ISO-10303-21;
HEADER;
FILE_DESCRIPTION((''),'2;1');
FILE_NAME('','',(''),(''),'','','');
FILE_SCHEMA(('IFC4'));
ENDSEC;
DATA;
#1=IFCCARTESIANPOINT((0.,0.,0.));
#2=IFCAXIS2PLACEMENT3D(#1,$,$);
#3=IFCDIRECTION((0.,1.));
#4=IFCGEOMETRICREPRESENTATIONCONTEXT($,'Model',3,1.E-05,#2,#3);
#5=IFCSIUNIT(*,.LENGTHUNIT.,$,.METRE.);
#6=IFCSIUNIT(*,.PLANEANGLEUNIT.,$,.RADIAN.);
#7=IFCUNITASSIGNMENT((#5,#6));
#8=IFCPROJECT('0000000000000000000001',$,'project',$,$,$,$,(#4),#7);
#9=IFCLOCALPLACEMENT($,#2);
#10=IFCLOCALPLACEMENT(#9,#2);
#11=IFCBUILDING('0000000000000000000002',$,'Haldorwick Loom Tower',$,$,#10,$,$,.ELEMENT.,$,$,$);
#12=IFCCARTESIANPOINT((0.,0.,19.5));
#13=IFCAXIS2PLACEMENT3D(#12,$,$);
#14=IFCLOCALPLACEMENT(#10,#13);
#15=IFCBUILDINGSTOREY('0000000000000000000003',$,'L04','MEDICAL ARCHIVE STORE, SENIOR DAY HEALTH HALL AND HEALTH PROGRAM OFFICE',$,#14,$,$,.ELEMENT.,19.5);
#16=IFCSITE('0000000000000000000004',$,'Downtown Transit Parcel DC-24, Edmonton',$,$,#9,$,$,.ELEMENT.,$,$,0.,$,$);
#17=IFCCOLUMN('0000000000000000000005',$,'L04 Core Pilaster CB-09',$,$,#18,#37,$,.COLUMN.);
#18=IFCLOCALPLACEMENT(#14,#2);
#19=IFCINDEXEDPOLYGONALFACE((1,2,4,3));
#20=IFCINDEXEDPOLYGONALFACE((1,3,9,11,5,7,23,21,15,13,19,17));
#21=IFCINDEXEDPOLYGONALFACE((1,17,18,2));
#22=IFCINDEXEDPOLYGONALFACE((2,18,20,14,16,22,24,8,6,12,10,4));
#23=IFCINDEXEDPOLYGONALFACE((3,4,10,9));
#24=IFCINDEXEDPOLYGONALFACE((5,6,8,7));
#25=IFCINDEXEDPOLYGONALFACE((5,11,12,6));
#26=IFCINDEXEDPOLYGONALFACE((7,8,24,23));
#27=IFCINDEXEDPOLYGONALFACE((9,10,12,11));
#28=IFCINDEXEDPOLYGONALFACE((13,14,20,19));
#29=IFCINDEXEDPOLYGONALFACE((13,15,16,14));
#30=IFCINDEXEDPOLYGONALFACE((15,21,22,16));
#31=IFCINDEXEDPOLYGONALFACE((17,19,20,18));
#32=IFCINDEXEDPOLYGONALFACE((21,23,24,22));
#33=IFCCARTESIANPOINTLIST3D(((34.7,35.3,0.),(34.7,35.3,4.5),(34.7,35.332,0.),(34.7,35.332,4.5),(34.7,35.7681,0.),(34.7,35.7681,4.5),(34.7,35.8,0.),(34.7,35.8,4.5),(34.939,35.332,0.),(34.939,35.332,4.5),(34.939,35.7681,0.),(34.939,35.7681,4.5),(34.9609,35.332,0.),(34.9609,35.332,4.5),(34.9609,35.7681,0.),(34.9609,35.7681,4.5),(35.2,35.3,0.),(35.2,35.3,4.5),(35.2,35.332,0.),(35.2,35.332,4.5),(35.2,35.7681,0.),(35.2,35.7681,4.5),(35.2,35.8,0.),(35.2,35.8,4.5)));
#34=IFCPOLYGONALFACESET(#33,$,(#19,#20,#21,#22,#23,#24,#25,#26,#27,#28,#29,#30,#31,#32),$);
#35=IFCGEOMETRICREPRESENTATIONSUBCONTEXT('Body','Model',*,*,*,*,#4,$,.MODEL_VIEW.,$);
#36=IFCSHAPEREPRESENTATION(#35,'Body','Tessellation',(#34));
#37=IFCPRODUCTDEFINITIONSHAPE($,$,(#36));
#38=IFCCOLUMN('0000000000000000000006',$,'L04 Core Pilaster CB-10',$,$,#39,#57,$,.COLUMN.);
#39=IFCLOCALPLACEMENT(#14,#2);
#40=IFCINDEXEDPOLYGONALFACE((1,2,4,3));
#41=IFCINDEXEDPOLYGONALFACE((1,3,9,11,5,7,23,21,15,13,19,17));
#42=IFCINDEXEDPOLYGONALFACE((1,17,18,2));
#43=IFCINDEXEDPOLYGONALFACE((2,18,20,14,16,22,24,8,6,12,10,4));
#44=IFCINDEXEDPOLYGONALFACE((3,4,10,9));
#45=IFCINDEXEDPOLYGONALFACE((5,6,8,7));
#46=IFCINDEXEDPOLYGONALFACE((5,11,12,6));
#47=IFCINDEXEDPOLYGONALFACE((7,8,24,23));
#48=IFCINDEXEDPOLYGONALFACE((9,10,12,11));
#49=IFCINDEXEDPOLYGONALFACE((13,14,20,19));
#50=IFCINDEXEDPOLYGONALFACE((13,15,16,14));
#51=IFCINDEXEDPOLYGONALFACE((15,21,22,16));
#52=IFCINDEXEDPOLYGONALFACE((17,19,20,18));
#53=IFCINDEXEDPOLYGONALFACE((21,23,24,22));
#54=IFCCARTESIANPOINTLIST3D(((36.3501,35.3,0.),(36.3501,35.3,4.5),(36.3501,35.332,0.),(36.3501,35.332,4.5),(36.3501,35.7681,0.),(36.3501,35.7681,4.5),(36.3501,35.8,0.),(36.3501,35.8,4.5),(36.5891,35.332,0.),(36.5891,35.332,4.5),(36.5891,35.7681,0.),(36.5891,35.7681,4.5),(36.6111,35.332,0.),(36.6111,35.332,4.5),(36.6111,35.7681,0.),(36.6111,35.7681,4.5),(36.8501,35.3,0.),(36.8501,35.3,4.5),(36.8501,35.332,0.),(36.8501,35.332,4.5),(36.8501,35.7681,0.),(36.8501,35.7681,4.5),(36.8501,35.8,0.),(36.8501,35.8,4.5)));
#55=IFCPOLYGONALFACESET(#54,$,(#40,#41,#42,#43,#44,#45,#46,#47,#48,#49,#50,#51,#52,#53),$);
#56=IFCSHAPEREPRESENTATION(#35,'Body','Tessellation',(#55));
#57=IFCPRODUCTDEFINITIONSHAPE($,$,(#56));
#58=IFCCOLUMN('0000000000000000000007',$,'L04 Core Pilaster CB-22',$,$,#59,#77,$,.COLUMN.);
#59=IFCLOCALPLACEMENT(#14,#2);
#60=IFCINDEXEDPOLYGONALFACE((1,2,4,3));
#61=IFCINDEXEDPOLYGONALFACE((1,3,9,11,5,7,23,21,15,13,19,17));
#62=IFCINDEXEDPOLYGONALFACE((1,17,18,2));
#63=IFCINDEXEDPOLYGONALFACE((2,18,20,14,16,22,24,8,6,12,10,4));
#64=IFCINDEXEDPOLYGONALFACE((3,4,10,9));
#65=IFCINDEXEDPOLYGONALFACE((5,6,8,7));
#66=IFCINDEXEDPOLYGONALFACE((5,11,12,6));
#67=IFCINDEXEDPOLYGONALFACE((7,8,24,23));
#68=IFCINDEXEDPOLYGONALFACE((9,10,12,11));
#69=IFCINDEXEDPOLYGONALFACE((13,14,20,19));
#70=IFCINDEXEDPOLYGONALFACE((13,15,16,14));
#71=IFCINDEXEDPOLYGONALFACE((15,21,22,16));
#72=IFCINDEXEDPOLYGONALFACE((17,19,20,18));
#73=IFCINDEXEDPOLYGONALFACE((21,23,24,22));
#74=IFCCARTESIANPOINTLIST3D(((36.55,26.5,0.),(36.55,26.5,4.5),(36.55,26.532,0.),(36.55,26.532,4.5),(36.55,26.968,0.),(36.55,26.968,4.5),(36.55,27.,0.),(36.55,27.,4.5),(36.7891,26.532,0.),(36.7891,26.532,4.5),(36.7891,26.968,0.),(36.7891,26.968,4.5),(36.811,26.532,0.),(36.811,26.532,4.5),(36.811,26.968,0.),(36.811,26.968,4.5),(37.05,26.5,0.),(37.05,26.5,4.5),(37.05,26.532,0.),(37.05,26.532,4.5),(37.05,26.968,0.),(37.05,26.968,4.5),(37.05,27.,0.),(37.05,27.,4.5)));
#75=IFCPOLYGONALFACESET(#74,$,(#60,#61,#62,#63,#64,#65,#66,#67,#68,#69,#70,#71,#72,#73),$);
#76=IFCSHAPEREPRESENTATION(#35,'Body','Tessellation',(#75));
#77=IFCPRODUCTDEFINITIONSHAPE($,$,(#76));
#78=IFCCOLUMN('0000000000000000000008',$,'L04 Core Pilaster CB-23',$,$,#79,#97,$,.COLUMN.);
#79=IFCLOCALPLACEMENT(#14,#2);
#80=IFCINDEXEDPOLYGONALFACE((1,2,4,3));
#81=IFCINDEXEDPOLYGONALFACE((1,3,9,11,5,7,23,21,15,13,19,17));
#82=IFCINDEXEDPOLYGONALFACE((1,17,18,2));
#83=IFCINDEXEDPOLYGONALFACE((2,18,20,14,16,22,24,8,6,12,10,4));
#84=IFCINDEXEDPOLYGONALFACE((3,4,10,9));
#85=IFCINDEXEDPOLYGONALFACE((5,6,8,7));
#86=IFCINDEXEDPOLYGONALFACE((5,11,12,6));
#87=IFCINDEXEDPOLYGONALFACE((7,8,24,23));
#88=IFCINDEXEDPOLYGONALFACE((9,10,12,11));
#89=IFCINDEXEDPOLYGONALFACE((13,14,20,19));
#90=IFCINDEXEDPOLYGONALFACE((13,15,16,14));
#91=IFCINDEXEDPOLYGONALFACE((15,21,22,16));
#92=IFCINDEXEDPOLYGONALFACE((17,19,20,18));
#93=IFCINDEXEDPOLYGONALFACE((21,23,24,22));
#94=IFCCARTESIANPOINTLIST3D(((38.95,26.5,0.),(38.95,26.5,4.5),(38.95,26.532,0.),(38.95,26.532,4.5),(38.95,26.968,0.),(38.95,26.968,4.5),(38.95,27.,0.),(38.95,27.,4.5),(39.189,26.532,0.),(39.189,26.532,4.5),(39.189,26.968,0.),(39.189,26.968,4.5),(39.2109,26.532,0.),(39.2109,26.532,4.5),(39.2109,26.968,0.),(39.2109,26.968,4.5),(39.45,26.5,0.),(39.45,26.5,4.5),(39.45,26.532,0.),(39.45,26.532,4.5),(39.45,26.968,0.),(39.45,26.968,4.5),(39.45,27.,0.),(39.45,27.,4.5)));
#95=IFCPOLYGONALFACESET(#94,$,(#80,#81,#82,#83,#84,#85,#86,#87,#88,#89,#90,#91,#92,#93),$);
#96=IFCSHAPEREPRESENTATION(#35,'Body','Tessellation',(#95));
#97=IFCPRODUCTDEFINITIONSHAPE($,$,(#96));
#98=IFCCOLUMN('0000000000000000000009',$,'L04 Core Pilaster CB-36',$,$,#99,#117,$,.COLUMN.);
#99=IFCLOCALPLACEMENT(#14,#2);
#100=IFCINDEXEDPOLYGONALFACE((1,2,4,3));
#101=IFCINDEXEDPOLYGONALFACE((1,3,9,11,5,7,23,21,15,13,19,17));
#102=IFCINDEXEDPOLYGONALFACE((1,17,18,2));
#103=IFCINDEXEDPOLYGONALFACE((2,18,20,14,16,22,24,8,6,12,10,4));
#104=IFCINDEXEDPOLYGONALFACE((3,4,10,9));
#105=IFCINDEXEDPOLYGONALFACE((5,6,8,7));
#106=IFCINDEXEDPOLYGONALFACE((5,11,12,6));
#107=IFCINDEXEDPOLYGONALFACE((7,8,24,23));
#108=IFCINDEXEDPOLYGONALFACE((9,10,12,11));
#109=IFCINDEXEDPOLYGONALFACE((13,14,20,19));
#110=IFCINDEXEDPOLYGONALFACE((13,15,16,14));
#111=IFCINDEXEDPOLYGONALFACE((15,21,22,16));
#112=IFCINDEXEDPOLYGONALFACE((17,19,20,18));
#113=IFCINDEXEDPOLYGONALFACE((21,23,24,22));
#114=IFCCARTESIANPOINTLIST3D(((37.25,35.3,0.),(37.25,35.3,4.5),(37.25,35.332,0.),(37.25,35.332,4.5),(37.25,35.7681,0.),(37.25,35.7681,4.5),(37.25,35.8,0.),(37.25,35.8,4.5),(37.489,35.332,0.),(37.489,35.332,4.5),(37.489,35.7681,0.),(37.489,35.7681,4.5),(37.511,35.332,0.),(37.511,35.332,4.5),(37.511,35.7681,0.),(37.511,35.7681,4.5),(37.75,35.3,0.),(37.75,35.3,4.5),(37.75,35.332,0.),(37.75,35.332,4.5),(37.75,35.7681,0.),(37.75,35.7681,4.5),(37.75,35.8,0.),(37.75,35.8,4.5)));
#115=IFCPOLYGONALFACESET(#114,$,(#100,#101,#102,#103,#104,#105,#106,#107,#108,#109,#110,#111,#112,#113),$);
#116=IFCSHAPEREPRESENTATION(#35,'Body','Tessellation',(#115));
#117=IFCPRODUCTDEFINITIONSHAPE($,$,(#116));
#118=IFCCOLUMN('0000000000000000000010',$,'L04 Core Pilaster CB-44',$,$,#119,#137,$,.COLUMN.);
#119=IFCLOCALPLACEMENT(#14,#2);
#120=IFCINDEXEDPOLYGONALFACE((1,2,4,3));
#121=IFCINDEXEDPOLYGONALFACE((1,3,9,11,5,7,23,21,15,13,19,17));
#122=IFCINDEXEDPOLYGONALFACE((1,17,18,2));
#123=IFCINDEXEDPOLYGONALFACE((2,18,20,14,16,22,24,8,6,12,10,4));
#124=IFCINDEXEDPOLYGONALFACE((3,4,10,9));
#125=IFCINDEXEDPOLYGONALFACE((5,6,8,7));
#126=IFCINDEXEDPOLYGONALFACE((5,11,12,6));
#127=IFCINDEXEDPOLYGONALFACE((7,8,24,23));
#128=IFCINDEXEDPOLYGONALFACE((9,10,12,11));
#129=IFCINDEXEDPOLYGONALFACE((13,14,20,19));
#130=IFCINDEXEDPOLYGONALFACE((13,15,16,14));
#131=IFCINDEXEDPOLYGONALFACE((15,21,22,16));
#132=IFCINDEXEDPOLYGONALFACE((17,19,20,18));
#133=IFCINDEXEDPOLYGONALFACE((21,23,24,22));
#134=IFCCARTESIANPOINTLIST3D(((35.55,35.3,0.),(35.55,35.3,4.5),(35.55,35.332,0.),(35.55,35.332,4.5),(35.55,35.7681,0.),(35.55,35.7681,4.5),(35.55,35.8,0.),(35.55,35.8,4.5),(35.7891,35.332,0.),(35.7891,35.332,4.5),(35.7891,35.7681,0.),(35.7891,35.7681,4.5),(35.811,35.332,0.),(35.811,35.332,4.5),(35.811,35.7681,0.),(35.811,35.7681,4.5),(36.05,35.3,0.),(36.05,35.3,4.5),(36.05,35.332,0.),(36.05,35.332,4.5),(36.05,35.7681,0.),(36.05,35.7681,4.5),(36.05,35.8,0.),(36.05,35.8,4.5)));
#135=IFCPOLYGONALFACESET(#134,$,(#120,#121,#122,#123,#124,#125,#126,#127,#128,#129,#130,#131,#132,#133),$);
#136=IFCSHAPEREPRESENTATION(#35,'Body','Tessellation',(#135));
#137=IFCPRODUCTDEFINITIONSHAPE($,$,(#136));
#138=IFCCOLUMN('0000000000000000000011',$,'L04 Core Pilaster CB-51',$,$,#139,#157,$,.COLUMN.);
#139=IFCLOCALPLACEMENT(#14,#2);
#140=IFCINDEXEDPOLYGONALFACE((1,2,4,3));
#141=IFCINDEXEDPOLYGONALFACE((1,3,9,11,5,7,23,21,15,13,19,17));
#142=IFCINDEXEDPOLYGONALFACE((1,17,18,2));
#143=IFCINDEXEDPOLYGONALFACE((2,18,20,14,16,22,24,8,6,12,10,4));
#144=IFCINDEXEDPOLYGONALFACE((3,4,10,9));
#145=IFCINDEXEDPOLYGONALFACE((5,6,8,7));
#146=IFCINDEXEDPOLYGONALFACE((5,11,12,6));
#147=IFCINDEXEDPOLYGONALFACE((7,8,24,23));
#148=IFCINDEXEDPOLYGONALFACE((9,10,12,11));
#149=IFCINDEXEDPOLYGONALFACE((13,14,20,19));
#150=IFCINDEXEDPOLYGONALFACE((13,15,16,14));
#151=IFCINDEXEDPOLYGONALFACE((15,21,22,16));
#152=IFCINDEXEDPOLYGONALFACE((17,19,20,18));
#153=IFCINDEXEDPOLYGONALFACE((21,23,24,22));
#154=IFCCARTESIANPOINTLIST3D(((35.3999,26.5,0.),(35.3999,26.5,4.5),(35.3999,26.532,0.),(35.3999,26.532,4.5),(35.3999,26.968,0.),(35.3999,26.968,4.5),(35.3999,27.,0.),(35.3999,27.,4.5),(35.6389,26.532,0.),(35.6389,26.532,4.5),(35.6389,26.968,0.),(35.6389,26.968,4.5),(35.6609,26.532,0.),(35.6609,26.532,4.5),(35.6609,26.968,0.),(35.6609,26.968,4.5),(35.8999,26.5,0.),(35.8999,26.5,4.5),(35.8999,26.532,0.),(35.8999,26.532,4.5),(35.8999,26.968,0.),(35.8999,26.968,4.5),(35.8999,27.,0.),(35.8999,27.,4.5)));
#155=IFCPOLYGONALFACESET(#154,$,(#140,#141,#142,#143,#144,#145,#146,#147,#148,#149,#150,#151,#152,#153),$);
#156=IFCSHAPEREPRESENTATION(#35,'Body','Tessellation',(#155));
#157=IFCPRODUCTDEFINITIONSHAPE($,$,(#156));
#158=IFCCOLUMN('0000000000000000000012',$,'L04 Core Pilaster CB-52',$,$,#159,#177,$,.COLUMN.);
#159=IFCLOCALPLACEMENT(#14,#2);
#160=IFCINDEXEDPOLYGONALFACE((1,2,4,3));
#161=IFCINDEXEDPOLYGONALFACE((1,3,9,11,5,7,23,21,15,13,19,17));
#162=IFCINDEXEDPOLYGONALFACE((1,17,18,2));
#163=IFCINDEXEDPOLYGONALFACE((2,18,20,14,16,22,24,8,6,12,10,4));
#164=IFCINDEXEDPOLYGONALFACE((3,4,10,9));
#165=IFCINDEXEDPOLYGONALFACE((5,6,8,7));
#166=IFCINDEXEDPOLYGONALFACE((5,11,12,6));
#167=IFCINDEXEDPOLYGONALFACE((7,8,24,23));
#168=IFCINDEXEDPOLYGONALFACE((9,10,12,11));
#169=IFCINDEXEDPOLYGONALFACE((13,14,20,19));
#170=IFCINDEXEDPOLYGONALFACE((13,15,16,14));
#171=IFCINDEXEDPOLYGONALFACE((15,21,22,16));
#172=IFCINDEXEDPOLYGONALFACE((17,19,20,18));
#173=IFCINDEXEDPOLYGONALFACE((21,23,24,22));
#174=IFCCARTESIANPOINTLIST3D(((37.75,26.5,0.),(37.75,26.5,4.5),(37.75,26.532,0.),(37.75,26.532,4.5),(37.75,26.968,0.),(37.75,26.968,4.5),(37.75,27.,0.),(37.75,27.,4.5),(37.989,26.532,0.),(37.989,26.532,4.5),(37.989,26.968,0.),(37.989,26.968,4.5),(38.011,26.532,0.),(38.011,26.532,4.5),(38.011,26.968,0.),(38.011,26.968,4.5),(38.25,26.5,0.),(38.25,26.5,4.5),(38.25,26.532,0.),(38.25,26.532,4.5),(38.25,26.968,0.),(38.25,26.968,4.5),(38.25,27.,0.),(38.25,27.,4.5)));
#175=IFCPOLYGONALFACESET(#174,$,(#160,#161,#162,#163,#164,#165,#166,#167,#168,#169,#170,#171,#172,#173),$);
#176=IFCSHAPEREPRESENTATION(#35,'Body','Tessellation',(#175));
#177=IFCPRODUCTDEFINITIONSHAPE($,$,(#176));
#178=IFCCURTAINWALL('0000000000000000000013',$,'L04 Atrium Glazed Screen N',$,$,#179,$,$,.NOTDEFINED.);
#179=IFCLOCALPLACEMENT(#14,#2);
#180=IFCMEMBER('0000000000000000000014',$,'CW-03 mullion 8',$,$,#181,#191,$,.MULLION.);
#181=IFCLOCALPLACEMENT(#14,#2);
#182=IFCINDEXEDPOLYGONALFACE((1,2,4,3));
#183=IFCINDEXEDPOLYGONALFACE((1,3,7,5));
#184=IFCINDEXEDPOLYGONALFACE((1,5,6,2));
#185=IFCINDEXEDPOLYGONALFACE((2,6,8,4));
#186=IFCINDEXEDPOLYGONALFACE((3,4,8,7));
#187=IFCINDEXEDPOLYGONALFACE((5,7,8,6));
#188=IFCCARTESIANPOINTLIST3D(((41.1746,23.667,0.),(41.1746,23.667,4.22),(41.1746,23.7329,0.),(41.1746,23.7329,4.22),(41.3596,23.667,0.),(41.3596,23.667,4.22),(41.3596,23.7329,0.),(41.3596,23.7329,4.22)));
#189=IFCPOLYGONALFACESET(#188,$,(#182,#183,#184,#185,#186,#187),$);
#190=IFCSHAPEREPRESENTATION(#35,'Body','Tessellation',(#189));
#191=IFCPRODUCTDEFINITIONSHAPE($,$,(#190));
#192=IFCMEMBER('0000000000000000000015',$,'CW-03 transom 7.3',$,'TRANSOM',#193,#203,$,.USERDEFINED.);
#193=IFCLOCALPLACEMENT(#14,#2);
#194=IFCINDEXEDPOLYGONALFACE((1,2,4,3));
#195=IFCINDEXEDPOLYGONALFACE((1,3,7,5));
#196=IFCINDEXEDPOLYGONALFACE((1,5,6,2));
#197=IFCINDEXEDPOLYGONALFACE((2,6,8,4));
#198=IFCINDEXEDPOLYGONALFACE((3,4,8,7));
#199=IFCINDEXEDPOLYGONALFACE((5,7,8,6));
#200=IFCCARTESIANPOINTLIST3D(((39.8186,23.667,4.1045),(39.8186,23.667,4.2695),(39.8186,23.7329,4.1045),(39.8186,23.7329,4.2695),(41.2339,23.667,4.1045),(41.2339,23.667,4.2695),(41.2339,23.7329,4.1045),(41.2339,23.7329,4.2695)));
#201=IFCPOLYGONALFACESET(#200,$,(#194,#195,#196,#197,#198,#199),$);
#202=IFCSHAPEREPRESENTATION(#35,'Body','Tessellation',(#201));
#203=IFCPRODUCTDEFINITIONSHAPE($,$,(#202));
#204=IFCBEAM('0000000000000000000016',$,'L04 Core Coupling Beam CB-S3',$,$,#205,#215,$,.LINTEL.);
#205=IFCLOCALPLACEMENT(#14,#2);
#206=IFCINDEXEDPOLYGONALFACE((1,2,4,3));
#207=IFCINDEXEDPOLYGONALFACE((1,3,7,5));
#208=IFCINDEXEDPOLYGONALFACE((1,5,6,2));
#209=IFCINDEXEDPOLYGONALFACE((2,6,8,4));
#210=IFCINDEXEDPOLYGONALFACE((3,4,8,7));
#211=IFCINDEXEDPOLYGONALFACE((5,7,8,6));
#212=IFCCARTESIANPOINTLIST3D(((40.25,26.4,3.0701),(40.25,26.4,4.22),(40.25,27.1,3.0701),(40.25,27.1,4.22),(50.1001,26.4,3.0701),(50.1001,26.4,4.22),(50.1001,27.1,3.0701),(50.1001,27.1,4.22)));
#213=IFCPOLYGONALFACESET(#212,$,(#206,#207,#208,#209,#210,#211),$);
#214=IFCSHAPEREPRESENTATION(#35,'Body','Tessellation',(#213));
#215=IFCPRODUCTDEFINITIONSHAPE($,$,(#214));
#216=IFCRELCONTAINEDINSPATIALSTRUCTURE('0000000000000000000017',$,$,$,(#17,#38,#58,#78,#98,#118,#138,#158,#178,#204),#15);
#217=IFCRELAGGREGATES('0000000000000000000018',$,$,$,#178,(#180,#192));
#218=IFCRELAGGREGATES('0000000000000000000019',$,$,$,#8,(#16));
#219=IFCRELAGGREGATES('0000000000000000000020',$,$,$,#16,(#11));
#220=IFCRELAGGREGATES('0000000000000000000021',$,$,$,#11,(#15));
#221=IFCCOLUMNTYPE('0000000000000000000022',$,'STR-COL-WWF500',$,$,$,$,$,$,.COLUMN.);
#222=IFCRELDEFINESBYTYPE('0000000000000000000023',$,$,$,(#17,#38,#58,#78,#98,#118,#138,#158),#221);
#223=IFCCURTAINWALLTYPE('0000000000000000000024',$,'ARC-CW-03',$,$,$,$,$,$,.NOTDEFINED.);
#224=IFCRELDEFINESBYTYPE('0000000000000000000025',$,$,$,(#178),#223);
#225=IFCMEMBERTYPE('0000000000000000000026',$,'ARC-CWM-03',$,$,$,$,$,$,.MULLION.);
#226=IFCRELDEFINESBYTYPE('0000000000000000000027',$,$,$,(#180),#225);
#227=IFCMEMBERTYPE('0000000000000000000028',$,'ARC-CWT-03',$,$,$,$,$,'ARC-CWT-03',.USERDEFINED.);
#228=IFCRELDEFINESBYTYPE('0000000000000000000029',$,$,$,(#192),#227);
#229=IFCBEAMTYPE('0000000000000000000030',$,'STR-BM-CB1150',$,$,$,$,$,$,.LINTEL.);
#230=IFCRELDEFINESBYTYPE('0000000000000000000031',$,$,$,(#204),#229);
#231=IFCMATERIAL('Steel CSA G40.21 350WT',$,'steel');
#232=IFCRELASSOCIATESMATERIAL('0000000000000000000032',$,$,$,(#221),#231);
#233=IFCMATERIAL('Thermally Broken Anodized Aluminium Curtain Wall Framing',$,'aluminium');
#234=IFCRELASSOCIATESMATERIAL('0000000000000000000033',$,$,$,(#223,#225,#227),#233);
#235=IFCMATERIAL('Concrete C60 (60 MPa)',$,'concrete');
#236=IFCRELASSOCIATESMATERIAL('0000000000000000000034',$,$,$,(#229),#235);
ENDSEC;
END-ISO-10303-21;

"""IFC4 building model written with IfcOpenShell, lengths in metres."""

from ifc_helpers import new_model, si_unit, direction, frame, origin, origin_2d, place, context, subcontext, project, spatial, rectangle, i_section, extrude, material, material_profile, profile_set, type_object, element, aggregate, save


model = new_model("IFC4")

# Units and contexts
model_context = context("Model", 3, precision=1e-05, world=origin(), true_north=direction((0.0, 1.0)))
body_context = subcontext(model_context, "Body", "Model", "MODEL_VIEW")
ifc_project = project(units=[si_unit("LENGTHUNIT", "METRE"), si_unit("PLANEANGLEUNIT", "RADIAN")], contexts=[model_context])

# Site, building, storey
site_placement = place(None, origin())
site = spatial("IfcSite", under=ifc_project, at=site_placement, Name="Downtown Transit Parcel DC-24, Edmonton", CompositionType="ELEMENT", RefElevation=0.0)
building_placement = place(site_placement, origin())
building = spatial("IfcBuilding", under=site, at=building_placement, Name="Haldorwick Loom Tower", CompositionType="ELEMENT")
storey_placement = place(building_placement, frame((0.0, 0.0, 19.5)))
storey = spatial("IfcBuildingStorey", under=building, at=storey_placement, Name="L04", Description="MEDICAL ARCHIVE STORE, SENIOR DAY HEALTH HALL AND HEALTH PROGRAM OFFICE", CompositionType="ELEMENT", Elevation=19.5)

# Columns
ifc_material_1 = material(Name="Steel CSA G40.21 350WT", Category="steel")
ifc_material_profile_1 = material_profile(ifc_material_1, i_section(OverallWidth=0.5, OverallDepth=0.5, WebThickness=0.022, FlangeThickness=0.032, at=origin_2d()), Name="WWF500X500", Category="steel")
ifc_profile_set_1 = profile_set([ifc_material_profile_1], Name="Steel CSA G40.21 350WT")
column_type = type_object("IfcColumnType", Name="STR-COL-WWF500", PredefinedType="COLUMN", material=ifc_profile_set_1)
for number, where, z_axis, x_axis, name in (
    (1, (34.95, 35.55, 0.0), (0.0, 0.0, 1.0), (1.0, 0.0, 0.0), "L04 Core Pilaster CB-09"),
    (2, (36.6001, 35.55, 0.0), (0.0, 0.0, 1.0), (1.0, 0.0, 0.0), "L04 Core Pilaster CB-10"),
    (3, (36.8, 26.75, 0.0), (0.0, 0.0, 1.0), (1.0, 0.0, 0.0), "L04 Core Pilaster CB-22"),
    (4, (39.2, 26.75, 0.0), (0.0, 0.0, 1.0), (1.0, 0.0, 0.0), "L04 Core Pilaster CB-23"),
    (5, (37.5, 35.55, 0.0), (0.0, 0.0, 1.0), (1.0, 0.0, 0.0), "L04 Core Pilaster CB-36"),
    (6, (35.8, 35.55, 0.0), (0.0, 0.0, 1.0), (1.0, 0.0, 0.0), "L04 Core Pilaster CB-44"),
    (7, (35.6499, 26.75, 0.0), (0.0, 0.0, 1.0), (1.0, 0.0, 0.0), "L04 Core Pilaster CB-51"),
    (8, (38.0, 26.75, 0.0), (0.0, 0.0, 1.0), (1.0, 0.0, 0.0), "L04 Core Pilaster CB-52"),
):
    element("IfcColumn", number, at=place(storey_placement, frame(where, z_axis=z_axis, x_axis=x_axis)), inside=storey, type_object=column_type, Name=name, PredefinedType="COLUMN", context=body_context, shape_type="SweptSolid", body=[
        extrude(i_section(OverallWidth=0.5, OverallDepth=0.5, WebThickness=0.022, FlangeThickness=0.032, at=origin_2d()), origin(), (0.0, 0.0, 1.0), 4.5),
    ])

# Curtain wall, members
ifc_material_2 = material(Name="Thermally Broken Anodized Aluminium Curtain Wall Framing", Category="aluminium")
curtain_wall_type = type_object("IfcCurtainWallType", Name="ARC-CW-03", PredefinedType="NOTDEFINED", material=ifc_material_2)
curtain_wall_placement = place(storey_placement, origin())
curtain_wall = element("IfcCurtainWall", 9, at=curtain_wall_placement, inside=storey, type_object=curtain_wall_type, Name="L04 Atrium Glazed Screen N", PredefinedType="NOTDEFINED")
ifc_material_profile_2 = material_profile(ifc_material_2, rectangle(XDim=0.0659, YDim=0.1851, at=origin_2d()), Name="ALU_MUL_66X185", Category="aluminium")
ifc_profile_set_2 = profile_set([ifc_material_profile_2], Name="Thermally Broken Anodized Aluminium Curtain Wall Framing")
member_type_1 = type_object("IfcMemberType", Name="ARC-CWM-03", PredefinedType="MULLION", material=ifc_profile_set_2)
member_1_placement = place(storey_placement, frame((41.2671, 23.7, 0.0), z_axis=(0.0, 0.0, 1.0), x_axis=(0.0, 1.0, 0.0)))
member_1 = element("IfcMember", 10, at=member_1_placement, type_object=member_type_1, Name="CW-03 mullion 8", PredefinedType="MULLION", context=body_context, shape_type="SweptSolid", body=[
    extrude(rectangle(XDim=0.0659, YDim=0.1851, at=origin_2d()), origin(), (0.0, 0.0, 1.0), 4.22),
])
ifc_material_profile_3 = material_profile(ifc_material_2, rectangle(XDim=0.0659, YDim=0.165, at=origin_2d()), Name="ALU_TRN_66X165", Category="aluminium")
ifc_profile_set_3 = profile_set([ifc_material_profile_3], Name="Thermally Broken Anodized Aluminium Curtain Wall Framing")
member_type_2 = type_object("IfcMemberType", Name="ARC-CWT-03", ElementType="ARC-CWT-03", PredefinedType="USERDEFINED", material=ifc_profile_set_3)
member_2_placement = place(storey_placement, frame((39.8186, 23.7, 4.187), z_axis=(1.0, 0.0, 0.0), x_axis=(0.0, 1.0, 0.0)))
member_2 = element("IfcMember", 11, at=member_2_placement, type_object=member_type_2, Name="CW-03 transom 7.3", ObjectType="TRANSOM", PredefinedType="USERDEFINED", context=body_context, shape_type="SweptSolid", body=[
    extrude(rectangle(XDim=0.0659, YDim=0.165, at=origin_2d()), origin(), (0.0, 0.0, 1.0), 1.4153),
])

# Beam
ifc_material_3 = material(Name="Concrete C60 (60 MPa)", Category="concrete")
ifc_material_profile_4 = material_profile(ifc_material_3, rectangle(XDim=0.7, YDim=1.1499, at=origin_2d()), Name="RC700X1150", Category="concrete")
ifc_profile_set_4 = profile_set([ifc_material_profile_4], Name="Concrete C60 (60 MPa)")
beam_type_1 = type_object("IfcBeamType", Name="STR-BM-CB1150", PredefinedType="LINTEL", material=ifc_profile_set_4)
beam_1_placement = place(storey_placement, frame((40.25, 26.75, 3.645), z_axis=(1.0, 0.0, 0.0), x_axis=(0.0, 1.0, 0.0)))
element("IfcBeam", 12, at=beam_1_placement, inside=storey, type_object=beam_type_1, Name="L04 Core Coupling Beam CB-S3", PredefinedType="LINTEL", context=body_context, shape_type="SweptSolid", body=[
    extrude(rectangle(XDim=0.7, YDim=1.1499, at=origin_2d()), origin(), (0.0, 0.0, 1.0), 9.8501),
])

aggregate(curtain_wall, [member_1, member_2])

save(model, "model.ifc")
